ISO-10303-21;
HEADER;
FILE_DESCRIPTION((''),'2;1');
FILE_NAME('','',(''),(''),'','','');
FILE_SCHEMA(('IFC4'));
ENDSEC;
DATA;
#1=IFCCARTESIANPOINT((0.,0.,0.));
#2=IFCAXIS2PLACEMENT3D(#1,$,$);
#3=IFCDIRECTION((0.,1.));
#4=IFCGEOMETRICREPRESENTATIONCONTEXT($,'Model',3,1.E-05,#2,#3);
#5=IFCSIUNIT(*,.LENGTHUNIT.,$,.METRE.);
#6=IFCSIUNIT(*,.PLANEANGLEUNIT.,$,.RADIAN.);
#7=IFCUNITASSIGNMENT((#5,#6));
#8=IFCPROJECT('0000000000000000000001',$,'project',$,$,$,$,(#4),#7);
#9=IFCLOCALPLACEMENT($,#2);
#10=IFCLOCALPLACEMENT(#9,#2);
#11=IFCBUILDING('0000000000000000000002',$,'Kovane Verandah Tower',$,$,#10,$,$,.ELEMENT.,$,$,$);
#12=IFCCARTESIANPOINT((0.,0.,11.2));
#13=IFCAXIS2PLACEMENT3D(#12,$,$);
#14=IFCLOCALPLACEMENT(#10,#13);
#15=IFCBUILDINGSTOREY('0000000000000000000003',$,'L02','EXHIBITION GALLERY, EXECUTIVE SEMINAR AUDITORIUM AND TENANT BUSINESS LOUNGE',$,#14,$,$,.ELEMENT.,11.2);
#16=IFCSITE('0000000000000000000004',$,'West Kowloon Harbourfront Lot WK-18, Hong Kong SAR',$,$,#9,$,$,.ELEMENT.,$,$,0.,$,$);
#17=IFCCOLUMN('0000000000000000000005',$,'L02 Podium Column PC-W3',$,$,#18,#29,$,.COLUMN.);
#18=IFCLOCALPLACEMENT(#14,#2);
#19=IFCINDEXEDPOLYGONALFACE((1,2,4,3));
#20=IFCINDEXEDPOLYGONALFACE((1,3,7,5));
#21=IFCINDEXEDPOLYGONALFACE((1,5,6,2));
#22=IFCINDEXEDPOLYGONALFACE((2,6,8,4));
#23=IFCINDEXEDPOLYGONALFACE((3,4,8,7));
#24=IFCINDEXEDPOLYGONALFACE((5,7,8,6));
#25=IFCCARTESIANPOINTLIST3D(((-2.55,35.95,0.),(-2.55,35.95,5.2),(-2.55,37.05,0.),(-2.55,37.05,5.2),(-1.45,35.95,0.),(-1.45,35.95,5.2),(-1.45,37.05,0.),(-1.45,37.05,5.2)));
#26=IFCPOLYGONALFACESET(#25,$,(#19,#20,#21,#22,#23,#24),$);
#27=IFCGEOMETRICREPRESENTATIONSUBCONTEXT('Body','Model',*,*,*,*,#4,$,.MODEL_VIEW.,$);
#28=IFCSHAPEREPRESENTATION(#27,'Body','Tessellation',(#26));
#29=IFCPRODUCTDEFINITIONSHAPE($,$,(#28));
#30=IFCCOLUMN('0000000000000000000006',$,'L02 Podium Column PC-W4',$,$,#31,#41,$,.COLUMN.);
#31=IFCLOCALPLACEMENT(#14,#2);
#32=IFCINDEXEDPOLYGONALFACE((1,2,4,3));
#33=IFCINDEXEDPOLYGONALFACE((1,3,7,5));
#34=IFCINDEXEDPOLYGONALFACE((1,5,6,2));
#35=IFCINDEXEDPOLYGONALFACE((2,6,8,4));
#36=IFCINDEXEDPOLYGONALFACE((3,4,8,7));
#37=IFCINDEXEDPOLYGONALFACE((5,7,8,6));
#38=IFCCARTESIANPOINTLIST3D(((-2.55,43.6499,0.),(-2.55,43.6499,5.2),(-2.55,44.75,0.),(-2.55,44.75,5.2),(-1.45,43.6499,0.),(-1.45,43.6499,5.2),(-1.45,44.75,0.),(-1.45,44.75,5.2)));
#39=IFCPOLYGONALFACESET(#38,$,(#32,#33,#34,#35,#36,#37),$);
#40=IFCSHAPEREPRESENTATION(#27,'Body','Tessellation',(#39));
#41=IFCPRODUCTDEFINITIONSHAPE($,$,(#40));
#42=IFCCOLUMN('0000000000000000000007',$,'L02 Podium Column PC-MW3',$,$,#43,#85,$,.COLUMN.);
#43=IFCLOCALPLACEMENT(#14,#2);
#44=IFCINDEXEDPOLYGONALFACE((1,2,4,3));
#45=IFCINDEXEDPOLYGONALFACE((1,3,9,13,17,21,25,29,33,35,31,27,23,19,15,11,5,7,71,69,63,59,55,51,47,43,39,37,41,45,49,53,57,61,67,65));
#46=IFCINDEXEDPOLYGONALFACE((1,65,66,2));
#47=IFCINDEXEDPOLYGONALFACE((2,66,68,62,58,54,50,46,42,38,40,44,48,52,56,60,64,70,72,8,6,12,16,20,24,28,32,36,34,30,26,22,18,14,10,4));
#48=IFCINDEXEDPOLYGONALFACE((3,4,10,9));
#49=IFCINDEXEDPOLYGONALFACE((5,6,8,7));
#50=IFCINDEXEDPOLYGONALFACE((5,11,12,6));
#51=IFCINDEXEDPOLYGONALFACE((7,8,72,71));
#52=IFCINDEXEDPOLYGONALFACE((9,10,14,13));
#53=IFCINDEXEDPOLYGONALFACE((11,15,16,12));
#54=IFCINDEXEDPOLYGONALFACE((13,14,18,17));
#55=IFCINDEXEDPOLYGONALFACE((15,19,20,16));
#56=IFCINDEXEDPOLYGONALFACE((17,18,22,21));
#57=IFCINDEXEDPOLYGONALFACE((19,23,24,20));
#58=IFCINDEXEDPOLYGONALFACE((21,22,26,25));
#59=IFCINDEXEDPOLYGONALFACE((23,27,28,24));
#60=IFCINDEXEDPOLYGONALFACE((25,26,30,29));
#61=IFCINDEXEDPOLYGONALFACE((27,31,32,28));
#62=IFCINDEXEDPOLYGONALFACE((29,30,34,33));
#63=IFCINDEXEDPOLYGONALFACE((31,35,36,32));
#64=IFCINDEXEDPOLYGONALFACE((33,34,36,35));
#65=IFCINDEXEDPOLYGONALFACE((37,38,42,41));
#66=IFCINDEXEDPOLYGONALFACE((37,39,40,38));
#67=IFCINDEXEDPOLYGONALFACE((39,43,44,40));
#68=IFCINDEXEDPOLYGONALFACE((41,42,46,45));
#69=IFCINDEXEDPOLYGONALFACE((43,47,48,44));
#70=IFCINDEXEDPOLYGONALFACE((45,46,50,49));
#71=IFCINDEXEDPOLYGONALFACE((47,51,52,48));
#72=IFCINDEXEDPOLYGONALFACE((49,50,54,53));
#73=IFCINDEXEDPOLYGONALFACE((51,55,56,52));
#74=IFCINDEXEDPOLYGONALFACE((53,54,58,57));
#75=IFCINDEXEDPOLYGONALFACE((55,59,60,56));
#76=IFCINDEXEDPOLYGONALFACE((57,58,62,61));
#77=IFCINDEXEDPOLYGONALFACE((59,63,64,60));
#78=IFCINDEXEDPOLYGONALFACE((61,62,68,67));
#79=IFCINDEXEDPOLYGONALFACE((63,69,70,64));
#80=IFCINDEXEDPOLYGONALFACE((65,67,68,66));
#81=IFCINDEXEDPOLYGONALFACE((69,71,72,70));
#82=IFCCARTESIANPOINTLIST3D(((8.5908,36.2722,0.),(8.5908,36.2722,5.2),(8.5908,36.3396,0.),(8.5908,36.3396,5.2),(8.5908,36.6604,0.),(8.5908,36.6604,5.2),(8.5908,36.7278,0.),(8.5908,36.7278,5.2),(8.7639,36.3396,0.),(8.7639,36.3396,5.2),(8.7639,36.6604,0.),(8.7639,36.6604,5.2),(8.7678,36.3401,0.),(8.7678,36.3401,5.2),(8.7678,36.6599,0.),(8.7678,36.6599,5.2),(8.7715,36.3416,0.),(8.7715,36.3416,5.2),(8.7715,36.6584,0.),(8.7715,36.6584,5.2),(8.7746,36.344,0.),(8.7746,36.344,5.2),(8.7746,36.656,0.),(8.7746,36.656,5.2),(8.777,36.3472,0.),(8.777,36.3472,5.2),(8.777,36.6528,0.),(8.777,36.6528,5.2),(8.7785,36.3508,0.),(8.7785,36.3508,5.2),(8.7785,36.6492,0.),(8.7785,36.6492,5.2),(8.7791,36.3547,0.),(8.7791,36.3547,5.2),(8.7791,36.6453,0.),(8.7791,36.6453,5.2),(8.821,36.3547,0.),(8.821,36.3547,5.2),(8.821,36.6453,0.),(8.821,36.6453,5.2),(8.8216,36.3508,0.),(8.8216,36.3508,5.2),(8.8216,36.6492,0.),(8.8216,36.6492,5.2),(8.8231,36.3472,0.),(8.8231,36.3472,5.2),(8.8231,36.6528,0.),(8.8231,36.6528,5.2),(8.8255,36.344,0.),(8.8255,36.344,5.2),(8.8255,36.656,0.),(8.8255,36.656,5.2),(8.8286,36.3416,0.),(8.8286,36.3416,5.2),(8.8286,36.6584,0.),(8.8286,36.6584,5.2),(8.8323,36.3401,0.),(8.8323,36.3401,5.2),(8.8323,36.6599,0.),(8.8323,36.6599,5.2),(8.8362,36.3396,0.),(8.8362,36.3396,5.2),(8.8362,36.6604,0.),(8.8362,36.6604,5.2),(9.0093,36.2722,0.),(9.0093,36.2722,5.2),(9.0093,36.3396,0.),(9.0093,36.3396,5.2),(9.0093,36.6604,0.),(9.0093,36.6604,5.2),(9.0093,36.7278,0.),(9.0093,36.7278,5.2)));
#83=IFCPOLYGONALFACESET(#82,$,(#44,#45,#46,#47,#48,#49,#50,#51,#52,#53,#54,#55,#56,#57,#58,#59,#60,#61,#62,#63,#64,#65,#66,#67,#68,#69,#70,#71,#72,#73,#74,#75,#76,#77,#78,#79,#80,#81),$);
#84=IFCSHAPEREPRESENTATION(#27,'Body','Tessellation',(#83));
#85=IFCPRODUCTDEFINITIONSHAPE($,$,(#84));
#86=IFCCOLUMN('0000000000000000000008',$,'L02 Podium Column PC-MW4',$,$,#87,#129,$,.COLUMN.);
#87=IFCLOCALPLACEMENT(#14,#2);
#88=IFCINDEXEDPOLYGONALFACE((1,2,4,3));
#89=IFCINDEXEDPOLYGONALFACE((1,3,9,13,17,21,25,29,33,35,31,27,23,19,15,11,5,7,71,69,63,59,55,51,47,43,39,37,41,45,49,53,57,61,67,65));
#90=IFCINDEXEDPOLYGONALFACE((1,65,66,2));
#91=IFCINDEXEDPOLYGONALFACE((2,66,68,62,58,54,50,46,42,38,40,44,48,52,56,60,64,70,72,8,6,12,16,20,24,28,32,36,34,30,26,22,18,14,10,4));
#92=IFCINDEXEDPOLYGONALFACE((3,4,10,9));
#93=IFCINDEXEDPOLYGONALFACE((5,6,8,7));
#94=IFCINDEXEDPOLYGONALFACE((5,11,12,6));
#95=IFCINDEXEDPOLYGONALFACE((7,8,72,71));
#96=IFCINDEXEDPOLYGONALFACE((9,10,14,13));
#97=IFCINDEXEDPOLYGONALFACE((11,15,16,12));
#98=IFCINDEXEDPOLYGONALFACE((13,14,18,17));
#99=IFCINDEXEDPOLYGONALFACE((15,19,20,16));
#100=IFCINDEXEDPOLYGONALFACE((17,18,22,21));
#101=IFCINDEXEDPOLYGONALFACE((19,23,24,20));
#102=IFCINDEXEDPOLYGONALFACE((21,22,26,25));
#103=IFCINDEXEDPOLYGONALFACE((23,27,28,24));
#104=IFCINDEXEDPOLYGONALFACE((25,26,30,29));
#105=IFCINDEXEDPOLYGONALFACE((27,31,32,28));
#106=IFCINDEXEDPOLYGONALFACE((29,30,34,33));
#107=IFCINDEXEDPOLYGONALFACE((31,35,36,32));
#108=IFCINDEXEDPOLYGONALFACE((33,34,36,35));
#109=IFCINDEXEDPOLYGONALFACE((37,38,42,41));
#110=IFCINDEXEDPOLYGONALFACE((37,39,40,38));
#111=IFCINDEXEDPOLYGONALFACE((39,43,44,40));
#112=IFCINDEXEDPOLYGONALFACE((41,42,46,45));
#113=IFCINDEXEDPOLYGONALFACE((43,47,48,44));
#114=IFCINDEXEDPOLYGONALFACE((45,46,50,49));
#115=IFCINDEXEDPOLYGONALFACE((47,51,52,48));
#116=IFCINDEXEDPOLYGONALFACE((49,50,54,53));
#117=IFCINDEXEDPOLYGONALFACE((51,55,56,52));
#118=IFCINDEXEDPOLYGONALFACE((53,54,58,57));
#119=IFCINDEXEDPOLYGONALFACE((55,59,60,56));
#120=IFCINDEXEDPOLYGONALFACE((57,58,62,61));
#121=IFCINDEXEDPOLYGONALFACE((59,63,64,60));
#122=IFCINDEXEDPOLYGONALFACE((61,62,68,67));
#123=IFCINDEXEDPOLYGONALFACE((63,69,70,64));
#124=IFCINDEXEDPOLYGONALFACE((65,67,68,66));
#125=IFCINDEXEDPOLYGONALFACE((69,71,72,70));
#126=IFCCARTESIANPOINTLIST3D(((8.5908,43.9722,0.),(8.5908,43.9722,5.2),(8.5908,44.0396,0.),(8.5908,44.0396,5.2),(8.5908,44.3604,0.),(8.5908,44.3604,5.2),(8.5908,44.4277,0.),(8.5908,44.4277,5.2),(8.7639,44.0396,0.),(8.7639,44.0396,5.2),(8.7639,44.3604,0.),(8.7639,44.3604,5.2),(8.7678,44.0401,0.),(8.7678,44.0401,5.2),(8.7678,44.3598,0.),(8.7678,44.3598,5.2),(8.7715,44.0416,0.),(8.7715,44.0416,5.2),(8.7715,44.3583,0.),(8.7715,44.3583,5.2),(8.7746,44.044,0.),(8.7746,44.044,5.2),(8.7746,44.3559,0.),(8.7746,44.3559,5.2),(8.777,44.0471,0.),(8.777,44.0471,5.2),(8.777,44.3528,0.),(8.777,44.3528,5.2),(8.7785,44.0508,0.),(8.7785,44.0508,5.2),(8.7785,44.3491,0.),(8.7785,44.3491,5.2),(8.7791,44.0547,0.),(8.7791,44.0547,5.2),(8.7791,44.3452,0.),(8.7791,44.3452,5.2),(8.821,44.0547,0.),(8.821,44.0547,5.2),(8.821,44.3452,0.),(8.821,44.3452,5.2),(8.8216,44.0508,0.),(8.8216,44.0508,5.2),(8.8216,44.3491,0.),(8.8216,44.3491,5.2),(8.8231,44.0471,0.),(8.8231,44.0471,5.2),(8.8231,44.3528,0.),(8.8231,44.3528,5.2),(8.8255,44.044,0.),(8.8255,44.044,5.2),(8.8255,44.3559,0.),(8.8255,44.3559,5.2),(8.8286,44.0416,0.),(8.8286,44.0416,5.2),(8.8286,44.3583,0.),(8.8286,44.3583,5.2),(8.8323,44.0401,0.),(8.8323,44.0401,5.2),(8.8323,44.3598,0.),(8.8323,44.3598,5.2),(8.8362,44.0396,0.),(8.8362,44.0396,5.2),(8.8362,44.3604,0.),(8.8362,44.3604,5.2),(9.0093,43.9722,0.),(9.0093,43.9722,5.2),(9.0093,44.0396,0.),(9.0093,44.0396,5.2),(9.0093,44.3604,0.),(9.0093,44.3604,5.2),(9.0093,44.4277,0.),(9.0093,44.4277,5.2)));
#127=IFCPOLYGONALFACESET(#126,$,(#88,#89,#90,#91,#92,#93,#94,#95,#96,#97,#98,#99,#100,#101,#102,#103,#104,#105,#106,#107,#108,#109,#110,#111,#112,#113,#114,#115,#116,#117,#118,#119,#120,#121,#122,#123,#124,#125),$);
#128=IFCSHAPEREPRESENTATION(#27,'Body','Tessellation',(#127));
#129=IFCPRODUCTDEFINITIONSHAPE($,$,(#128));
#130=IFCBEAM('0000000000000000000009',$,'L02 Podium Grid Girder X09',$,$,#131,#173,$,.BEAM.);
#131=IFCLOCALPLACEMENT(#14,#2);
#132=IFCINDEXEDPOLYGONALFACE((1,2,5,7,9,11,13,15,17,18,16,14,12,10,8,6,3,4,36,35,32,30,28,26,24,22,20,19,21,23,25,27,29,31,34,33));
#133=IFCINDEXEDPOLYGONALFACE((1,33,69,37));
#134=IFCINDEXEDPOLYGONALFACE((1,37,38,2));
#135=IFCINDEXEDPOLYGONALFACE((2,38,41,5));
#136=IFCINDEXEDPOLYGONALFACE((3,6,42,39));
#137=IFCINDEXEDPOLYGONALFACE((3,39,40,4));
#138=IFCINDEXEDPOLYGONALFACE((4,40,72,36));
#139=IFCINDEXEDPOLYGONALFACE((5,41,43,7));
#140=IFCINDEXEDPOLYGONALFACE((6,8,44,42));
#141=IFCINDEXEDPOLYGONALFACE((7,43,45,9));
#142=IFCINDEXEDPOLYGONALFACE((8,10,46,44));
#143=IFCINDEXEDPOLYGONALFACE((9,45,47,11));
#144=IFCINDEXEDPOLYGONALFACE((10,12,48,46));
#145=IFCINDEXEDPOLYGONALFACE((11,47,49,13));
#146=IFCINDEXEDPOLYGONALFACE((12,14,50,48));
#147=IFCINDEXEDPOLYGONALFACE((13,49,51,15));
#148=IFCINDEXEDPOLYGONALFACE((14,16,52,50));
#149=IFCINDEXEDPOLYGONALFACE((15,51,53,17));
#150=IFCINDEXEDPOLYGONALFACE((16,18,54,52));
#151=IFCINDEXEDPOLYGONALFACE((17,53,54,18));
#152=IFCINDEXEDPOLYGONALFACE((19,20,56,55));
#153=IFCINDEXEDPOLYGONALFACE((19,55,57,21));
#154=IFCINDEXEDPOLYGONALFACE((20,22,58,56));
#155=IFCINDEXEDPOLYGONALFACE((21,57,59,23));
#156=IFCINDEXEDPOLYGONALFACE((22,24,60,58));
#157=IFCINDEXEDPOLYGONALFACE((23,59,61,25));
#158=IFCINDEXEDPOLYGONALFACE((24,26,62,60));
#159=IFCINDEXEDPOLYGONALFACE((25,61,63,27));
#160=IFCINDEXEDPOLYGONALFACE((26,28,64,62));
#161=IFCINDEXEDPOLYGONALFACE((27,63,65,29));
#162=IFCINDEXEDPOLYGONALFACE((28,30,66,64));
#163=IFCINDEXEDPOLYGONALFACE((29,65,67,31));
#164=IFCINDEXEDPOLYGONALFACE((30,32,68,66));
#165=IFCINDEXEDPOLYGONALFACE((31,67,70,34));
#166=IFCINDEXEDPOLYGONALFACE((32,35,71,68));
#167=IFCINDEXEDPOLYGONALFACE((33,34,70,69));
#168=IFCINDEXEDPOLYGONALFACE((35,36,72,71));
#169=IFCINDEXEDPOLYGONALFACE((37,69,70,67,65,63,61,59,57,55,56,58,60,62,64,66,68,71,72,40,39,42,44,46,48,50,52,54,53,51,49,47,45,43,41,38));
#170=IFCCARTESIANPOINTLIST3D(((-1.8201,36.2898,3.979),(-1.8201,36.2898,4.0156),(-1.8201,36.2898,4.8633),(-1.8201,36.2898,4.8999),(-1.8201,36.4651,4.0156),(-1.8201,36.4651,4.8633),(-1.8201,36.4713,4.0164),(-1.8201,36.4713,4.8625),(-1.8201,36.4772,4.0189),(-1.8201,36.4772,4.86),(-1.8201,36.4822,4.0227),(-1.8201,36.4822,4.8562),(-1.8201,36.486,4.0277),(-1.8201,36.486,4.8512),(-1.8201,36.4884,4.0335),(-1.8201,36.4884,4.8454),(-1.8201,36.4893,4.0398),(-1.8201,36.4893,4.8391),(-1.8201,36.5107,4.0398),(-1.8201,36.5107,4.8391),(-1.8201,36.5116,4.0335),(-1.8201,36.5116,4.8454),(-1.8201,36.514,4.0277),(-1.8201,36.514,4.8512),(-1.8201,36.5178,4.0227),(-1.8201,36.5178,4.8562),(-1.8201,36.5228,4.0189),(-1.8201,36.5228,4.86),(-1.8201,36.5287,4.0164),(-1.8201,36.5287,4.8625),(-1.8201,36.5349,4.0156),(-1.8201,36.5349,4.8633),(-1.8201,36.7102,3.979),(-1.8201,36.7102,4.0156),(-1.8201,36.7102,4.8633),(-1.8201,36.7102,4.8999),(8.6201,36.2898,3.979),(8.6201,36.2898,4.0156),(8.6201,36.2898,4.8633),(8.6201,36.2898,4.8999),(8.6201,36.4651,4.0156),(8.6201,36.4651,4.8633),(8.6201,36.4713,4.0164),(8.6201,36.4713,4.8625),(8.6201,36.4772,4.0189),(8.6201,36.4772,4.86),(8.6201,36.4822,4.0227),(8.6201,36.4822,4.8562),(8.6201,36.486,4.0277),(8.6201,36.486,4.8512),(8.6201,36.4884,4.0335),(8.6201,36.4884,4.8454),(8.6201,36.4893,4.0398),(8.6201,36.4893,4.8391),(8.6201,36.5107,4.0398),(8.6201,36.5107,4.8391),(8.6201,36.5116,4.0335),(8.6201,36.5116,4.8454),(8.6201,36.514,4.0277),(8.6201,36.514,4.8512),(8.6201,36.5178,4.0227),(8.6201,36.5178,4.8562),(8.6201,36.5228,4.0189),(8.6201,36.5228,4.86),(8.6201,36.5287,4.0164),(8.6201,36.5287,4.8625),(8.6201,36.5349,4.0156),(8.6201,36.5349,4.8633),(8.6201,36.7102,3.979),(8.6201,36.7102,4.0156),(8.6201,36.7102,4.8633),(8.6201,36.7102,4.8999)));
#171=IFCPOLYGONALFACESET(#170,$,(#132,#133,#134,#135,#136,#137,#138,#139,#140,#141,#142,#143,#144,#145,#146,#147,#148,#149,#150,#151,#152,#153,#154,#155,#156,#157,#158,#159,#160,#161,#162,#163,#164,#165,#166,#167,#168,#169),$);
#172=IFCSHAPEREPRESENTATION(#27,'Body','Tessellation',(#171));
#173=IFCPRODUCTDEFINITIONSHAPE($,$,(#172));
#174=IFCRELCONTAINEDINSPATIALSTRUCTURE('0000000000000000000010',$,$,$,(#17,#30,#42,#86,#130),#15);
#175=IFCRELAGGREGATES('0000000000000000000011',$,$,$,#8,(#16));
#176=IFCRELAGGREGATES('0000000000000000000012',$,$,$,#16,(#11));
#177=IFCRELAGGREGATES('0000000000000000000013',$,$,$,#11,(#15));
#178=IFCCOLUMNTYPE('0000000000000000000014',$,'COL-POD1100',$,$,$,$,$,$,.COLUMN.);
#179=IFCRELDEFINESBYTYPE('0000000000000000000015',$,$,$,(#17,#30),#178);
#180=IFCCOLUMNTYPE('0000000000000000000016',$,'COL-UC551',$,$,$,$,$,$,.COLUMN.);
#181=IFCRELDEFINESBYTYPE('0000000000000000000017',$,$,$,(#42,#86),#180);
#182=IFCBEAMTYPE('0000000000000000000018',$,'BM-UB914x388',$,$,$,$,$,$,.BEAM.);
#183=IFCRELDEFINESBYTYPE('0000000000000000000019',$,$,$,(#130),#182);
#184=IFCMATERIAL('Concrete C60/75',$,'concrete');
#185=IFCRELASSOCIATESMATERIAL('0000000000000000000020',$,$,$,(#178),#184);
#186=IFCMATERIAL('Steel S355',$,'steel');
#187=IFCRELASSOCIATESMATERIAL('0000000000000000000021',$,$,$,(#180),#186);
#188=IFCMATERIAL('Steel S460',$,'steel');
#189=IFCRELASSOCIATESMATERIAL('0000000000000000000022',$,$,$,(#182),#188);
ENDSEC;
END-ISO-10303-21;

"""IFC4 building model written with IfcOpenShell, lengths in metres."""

from ifc_helpers import new_model, si_unit, direction, frame, origin, origin_2d, place, context, subcontext, project, spatial, rectangle, i_section, extrude, material, material_profile, profile_set, type_object, element, save


model = new_model("IFC4")

# Units and contexts
model_context = context("Model", 3, precision=1e-05, world=origin(), true_north=direction((0.0, 1.0)))
body_context = subcontext(model_context, "Body", "Model", "MODEL_VIEW")
ifc_project = project(units=[si_unit("LENGTHUNIT", "METRE"), si_unit("PLANEANGLEUNIT", "RADIAN")], contexts=[model_context])

# Site, building, storey
site_placement = place(None, origin())
site = spatial("IfcSite", under=ifc_project, at=site_placement, Name="West Kowloon Harbourfront Lot WK-18, Hong Kong SAR", CompositionType="ELEMENT", RefElevation=0.0)
building_placement = place(site_placement, origin())
building = spatial("IfcBuilding", under=site, at=building_placement, Name="Kovane Verandah Tower", CompositionType="ELEMENT")
storey_placement = place(building_placement, frame((0.0, 0.0, 11.2)))
storey = spatial("IfcBuildingStorey", under=building, at=storey_placement, Name="L02", Description="EXHIBITION GALLERY, EXECUTIVE SEMINAR AUDITORIUM AND TENANT BUSINESS LOUNGE", CompositionType="ELEMENT", Elevation=11.2)

# Columns
ifc_material_1 = material(Name="Concrete C60/75", Category="concrete")
ifc_material_profile_1 = material_profile(ifc_material_1, rectangle(XDim=1.1001, YDim=1.1001, at=origin_2d()), Name="RC1100x1100")
ifc_profile_set_1 = profile_set([ifc_material_profile_1], Name="Concrete C60/75")
column_type_1 = type_object("IfcColumnType", Name="COL-POD1100", PredefinedType="COLUMN", material=ifc_profile_set_1)
for number, where, z_axis, x_axis, name in (
    (1, (-2.0, 36.5, 0.0), (0.0, 0.0, 1.0), (1.0, 0.0, 0.0), "L02 Podium Column PC-W3"),
    (2, (-2.0, 44.2, 0.0), (0.0, 0.0, 1.0), (1.0, 0.0, 0.0), "L02 Podium Column PC-W4"),
):
    element("IfcColumn", number, at=place(storey_placement, frame(where, z_axis=z_axis, x_axis=x_axis)), inside=storey, type_object=column_type_1, Name=name, PredefinedType="COLUMN", context=body_context, shape_type="SweptSolid", body=[
        extrude(rectangle(XDim=1.1001, YDim=1.1001, at=origin_2d()), origin(), (0.0, 0.0, 1.0), 5.2),
    ])
ifc_material_2 = material(Name="Steel S355", Category="steel")
ifc_material_profile_2 = material_profile(ifc_material_2, i_section(OverallWidth=0.4185, OverallDepth=0.4556, WebThickness=0.042, FlangeThickness=0.0674, FilletRadius=0.0151, at=origin_2d()), Name="UC356x406x551")
ifc_profile_set_2 = profile_set([ifc_material_profile_2], Name="Steel S355")
column_type_2 = type_object("IfcColumnType", Name="COL-UC551", PredefinedType="COLUMN", material=ifc_profile_set_2)
for number, where, z_axis, x_axis, name in (
    (3, (8.8, 36.5, 0.0), (0.0, 0.0, 1.0), (1.0, 0.0, 0.0), "L02 Podium Column PC-MW3"),
    (4, (8.8, 44.2, 0.0), (0.0, 0.0, 1.0), (1.0, 0.0, 0.0), "L02 Podium Column PC-MW4"),
):
    element("IfcColumn", number, at=place(storey_placement, frame(where, z_axis=z_axis, x_axis=x_axis)), inside=storey, type_object=column_type_2, Name=name, PredefinedType="COLUMN", context=body_context, shape_type="SweptSolid", body=[
        extrude(i_section(OverallWidth=0.4185, OverallDepth=0.4556, WebThickness=0.042, FlangeThickness=0.0674, FilletRadius=0.0151, at=origin_2d()), origin(), (0.0, 0.0, 1.0), 5.2),
    ])

# Beam
ifc_material_3 = material(Name="Steel S460", Category="steel")
ifc_material_profile_3 = material_profile(ifc_material_3, i_section(OverallWidth=0.4204, OverallDepth=0.9209, WebThickness=0.0215, FlangeThickness=0.0366, FilletRadius=0.0242, at=origin_2d()), Name="UB914x419x388")
ifc_profile_set_3 = profile_set([ifc_material_profile_3], Name="Steel S460")
beam_type = type_object("IfcBeamType", Name="BM-UB914x388", PredefinedType="BEAM", material=ifc_profile_set_3)
beam_1_placement = place(storey_placement, frame((-1.8201, 36.5, 4.4395), z_axis=(1.0, 0.0, 0.0), x_axis=(0.0, 1.0, 0.0)))
element("IfcBeam", 5, at=beam_1_placement, inside=storey, type_object=beam_type, Name="L02 Podium Grid Girder X09", PredefinedType="BEAM", context=body_context, shape_type="SweptSolid", body=[
    extrude(i_section(OverallWidth=0.4204, OverallDepth=0.9209, WebThickness=0.0215, FlangeThickness=0.0366, FilletRadius=0.0242, at=origin_2d()), origin(), (0.0, 0.0, 1.0), 10.4402),
])

save(model, "model.ifc")
